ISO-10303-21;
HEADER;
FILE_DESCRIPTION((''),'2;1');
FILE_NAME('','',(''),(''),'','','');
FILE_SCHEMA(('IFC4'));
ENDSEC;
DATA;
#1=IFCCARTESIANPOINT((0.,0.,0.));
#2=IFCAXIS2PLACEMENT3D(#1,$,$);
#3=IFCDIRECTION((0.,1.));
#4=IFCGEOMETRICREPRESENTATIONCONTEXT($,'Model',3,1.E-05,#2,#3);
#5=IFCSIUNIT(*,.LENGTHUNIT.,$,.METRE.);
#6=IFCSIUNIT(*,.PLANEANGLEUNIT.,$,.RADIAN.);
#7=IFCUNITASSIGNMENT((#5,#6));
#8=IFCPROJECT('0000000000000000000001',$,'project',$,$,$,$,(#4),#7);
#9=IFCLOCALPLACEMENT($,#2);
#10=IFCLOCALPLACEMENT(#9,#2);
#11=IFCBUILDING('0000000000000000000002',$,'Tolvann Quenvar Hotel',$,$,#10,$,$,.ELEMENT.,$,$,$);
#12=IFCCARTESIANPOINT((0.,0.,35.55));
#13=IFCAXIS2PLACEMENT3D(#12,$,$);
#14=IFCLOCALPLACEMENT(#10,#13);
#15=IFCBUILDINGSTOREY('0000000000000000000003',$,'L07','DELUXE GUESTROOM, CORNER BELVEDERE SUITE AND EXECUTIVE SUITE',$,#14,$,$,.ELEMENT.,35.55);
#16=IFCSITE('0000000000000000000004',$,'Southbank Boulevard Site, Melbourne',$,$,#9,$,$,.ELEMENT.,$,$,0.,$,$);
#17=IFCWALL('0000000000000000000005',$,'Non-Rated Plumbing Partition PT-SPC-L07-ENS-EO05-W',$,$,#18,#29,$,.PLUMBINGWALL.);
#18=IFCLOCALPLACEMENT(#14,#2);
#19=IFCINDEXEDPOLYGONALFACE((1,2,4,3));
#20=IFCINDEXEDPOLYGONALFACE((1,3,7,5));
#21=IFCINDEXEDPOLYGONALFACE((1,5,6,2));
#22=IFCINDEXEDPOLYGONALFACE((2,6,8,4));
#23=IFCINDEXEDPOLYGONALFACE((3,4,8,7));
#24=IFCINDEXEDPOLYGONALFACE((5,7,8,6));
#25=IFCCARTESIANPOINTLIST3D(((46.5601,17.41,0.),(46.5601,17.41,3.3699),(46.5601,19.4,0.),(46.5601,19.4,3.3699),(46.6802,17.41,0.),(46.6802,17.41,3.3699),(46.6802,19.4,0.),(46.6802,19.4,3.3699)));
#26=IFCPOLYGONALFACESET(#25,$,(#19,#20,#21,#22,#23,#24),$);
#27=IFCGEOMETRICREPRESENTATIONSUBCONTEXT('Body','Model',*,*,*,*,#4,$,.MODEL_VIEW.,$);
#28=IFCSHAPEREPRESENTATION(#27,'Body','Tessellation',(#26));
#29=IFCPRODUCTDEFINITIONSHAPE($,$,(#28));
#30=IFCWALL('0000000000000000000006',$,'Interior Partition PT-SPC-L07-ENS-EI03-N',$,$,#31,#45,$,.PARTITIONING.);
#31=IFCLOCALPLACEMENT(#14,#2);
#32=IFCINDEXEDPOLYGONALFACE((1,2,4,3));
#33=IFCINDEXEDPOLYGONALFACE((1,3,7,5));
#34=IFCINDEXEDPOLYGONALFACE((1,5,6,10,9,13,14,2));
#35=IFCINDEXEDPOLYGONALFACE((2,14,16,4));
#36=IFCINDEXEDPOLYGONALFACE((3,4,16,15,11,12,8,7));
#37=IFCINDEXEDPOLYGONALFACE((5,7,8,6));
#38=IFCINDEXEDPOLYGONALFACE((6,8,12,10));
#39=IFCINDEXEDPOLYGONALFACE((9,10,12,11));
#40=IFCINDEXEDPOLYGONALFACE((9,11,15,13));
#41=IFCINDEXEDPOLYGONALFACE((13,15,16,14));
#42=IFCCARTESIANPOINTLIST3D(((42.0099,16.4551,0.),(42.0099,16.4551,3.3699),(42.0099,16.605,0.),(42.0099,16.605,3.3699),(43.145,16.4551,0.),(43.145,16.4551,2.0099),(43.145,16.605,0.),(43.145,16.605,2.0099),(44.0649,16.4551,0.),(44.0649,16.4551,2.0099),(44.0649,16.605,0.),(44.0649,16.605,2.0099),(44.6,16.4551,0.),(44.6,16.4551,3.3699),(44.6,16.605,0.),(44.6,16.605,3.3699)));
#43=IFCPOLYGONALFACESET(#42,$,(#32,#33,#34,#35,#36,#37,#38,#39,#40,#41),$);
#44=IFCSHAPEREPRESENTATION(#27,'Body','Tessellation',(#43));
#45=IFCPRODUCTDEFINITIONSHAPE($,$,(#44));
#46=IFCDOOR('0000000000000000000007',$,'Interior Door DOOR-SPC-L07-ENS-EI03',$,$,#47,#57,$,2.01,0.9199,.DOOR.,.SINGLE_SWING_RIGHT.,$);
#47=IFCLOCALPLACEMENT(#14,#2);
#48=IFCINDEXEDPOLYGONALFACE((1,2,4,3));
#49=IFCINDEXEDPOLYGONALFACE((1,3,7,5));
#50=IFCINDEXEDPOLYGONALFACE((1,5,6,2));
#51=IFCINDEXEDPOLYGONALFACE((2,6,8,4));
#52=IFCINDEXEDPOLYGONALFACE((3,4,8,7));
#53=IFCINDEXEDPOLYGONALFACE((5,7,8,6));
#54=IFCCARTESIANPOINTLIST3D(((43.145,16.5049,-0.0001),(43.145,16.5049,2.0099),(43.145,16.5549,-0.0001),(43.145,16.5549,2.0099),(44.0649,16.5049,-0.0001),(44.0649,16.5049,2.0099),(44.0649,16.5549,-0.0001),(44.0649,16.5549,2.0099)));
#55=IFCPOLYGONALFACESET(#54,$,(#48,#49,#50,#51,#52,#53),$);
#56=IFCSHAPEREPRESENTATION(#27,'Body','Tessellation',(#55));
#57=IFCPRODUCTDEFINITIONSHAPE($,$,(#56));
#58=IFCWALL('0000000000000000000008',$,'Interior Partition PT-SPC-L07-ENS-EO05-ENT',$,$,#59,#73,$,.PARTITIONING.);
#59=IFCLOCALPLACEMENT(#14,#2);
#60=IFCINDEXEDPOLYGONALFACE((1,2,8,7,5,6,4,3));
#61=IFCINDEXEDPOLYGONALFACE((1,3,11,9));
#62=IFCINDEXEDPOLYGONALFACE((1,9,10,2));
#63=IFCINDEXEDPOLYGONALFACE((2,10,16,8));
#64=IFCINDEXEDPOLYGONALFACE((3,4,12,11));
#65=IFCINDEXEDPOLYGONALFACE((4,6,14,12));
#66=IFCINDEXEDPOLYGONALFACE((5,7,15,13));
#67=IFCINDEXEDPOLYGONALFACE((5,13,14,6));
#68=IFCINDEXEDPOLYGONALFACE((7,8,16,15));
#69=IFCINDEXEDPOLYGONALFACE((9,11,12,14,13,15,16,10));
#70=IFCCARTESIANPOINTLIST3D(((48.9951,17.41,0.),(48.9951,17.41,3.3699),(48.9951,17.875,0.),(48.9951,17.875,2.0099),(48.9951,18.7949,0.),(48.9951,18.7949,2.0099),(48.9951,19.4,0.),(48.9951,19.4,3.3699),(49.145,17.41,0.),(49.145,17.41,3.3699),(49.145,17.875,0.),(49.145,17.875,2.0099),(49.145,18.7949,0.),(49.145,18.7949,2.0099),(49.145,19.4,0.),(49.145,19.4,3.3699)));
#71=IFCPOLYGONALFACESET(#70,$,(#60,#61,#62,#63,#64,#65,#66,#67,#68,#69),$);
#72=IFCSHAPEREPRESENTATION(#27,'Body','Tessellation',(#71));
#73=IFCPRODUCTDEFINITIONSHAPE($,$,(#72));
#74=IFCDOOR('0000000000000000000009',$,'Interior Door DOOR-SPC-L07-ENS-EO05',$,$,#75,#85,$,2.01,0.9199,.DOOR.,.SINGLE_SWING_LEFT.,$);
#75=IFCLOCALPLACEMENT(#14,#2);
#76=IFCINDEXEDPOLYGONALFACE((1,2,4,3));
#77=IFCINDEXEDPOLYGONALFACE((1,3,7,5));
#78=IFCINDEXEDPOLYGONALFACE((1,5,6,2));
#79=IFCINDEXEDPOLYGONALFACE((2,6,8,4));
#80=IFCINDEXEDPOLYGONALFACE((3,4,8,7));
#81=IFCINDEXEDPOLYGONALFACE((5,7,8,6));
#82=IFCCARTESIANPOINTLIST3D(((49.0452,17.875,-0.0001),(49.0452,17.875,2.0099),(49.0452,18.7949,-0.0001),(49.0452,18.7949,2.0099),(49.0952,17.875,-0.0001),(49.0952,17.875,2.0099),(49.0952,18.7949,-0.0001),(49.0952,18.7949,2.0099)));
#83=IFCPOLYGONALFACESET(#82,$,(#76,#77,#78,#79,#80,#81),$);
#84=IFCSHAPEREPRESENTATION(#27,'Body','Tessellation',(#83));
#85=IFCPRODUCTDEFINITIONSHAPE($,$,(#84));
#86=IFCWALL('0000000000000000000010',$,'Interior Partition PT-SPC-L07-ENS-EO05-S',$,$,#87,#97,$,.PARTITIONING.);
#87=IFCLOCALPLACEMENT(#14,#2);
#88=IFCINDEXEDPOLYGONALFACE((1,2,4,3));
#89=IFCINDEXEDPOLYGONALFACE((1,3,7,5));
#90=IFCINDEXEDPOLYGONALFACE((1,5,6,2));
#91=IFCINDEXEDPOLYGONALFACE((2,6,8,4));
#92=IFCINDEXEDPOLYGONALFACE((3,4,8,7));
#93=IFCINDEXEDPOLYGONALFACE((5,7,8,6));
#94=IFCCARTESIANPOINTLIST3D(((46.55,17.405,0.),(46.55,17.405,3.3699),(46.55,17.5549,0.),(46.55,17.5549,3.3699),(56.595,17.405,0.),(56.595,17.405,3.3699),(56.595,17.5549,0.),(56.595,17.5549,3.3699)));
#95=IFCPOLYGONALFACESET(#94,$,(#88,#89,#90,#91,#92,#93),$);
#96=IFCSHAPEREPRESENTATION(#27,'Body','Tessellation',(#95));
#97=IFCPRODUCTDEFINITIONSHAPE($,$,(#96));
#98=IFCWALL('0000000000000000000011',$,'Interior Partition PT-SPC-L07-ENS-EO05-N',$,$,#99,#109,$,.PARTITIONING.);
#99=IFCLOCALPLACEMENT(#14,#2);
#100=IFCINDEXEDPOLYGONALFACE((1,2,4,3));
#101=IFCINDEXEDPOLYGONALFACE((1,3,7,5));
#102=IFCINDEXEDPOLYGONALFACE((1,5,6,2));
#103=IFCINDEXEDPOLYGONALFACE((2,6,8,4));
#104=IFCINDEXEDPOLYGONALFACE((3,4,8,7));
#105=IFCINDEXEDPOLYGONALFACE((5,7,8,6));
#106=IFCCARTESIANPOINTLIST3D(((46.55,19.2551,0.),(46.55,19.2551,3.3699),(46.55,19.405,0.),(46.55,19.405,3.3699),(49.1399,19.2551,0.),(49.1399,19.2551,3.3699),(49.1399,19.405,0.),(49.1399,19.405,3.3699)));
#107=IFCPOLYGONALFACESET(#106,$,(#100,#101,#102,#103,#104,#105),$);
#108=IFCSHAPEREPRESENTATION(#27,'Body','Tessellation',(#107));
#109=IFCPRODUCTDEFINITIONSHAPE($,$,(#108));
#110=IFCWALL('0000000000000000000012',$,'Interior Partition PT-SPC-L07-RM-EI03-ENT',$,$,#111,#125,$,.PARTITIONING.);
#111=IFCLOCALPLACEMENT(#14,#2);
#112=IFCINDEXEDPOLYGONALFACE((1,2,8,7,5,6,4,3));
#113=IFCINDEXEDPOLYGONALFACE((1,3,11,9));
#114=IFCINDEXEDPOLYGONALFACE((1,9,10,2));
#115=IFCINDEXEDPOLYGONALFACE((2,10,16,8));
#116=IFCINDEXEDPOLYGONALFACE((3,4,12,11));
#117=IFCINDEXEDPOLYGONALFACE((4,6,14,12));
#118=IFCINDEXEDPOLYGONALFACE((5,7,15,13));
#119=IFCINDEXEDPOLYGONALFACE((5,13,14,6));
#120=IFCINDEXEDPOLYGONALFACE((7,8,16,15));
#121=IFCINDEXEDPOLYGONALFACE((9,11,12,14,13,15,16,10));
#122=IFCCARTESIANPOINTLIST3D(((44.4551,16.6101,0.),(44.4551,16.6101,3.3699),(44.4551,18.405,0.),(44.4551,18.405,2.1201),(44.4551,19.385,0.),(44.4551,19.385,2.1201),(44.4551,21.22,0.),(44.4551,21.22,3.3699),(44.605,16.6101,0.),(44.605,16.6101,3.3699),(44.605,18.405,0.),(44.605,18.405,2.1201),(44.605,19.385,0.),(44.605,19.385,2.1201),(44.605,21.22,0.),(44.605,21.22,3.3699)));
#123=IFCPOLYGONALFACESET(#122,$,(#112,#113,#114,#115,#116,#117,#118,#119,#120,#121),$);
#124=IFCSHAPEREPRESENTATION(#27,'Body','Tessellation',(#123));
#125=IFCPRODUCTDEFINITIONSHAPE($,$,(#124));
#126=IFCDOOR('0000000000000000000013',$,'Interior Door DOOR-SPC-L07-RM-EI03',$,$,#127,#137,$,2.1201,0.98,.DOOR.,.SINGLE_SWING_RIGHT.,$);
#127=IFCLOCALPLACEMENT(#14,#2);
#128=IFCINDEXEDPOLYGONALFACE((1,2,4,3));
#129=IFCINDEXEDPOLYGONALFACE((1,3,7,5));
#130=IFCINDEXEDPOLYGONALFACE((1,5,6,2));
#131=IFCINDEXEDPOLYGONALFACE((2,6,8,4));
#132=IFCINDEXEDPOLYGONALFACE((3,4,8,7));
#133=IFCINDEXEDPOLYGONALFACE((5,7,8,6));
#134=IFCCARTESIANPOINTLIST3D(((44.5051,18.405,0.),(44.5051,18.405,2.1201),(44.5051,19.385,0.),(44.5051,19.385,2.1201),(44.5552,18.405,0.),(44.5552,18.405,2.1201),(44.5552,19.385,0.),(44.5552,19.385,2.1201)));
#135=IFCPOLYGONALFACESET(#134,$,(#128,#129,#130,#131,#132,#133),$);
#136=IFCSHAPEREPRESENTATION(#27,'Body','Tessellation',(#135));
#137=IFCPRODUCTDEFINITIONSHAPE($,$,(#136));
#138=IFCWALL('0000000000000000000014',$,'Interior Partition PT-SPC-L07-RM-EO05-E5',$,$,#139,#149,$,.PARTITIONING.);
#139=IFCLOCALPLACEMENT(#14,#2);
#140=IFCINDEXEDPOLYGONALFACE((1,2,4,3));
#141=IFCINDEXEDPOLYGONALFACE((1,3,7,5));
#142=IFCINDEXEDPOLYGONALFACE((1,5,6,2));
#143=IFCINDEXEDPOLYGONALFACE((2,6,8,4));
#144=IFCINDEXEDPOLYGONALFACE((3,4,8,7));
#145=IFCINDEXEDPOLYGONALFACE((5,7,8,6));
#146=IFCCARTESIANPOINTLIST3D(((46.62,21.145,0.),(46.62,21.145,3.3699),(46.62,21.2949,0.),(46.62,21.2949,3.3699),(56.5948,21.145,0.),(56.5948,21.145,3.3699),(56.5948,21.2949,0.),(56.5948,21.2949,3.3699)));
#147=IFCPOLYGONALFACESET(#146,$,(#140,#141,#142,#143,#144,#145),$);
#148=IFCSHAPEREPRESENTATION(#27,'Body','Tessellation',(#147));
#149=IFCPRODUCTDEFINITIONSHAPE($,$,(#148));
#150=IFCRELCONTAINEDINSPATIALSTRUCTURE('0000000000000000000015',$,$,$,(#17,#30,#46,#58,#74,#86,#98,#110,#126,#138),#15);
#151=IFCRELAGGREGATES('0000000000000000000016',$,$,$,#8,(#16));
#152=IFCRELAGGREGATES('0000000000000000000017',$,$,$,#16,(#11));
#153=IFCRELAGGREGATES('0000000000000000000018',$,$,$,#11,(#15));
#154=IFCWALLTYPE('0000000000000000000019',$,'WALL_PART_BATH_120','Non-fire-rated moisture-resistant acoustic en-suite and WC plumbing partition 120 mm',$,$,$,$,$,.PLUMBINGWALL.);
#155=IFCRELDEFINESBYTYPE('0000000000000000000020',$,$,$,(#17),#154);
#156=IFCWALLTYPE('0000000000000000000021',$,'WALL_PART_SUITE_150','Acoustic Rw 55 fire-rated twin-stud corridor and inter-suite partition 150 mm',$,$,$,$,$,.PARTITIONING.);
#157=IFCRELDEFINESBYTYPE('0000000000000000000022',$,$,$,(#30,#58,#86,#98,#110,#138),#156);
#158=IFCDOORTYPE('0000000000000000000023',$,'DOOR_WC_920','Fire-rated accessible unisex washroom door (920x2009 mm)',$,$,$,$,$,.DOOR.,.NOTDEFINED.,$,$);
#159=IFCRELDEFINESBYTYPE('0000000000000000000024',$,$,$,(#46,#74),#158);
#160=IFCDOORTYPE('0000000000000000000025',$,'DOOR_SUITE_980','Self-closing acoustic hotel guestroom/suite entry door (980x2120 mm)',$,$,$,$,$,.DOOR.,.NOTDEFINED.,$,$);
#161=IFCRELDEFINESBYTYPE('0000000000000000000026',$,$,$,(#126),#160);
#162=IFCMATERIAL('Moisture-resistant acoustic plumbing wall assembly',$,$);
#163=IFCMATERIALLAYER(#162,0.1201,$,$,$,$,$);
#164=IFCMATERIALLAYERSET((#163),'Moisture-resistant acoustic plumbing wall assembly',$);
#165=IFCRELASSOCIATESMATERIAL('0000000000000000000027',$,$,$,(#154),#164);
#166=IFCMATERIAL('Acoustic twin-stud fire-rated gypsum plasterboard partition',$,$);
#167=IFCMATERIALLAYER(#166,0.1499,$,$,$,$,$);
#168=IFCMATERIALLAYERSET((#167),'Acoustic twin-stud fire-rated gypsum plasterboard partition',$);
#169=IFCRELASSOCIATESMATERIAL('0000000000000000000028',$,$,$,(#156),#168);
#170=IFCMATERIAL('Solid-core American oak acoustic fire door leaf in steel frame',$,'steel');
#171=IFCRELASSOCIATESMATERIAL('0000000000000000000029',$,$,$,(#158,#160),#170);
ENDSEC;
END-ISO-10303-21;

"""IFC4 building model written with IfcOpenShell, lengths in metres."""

from ifc_helpers import new_model, si_unit, direction, frame, frame_2d, origin, place, context, subcontext, project, spatial, rectangle, extrude, source, transform, mapped, material, layer, layer_set, type_object, type_shapes, element, fill, save


model = new_model("IFC4")

# Units and contexts
model_context = context("Model", 3, precision=1e-05, world=origin(), true_north=direction((0.0, 1.0)))
body_context = subcontext(model_context, "Body", "Model", "MODEL_VIEW")
ifc_project = project(units=[si_unit("LENGTHUNIT", "METRE"), si_unit("PLANEANGLEUNIT", "RADIAN")], contexts=[model_context])

# Site, building, storey
site_placement = place(None, origin())
site = spatial("IfcSite", under=ifc_project, at=site_placement, Name="Southbank Boulevard Site, Melbourne", CompositionType="ELEMENT", RefElevation=0.0)
building_placement = place(site_placement, origin())
building = spatial("IfcBuilding", under=site, at=building_placement, Name="Tolvann Quenvar Hotel", CompositionType="ELEMENT")
storey_placement = place(building_placement, frame((0.0, 0.0, 35.55)))
storey = spatial("IfcBuildingStorey", under=building, at=storey_placement, Name="L07", Description="DELUXE GUESTROOM, CORNER BELVEDERE SUITE AND EXECUTIVE SUITE", CompositionType="ELEMENT", Elevation=35.55)

# Wall
ifc_material_1 = material(Name="Moisture-resistant acoustic plumbing wall assembly")
ifc_layer_1 = layer(ifc_material_1, 0.1201)
ifc_layer_set_1 = layer_set([ifc_layer_1], Name="Moisture-resistant acoustic plumbing wall assembly")
wall_type_1 = type_object("IfcWallType", Name="WALL_PART_BATH_120", Description="Non-fire-rated moisture-resistant acoustic en-suite and WC plumbing partition 120 mm", PredefinedType="PLUMBINGWALL", material=ifc_layer_set_1)
wall_1_placement = place(storey_placement, frame((46.6201, 17.4099, 0.0), z_axis=(0.0, 0.0, 1.0), x_axis=(0.0, 1.0, 0.0)))
element("IfcWall", 1, at=wall_1_placement, inside=storey, type_object=wall_type_1, Name="Non-Rated Plumbing Partition PT-SPC-L07-ENS-EO05-W", PredefinedType="PLUMBINGWALL", context=body_context, shape_type="SweptSolid", body=[
    extrude(rectangle(XDim=1.99, YDim=0.1201, at=frame_2d((0.9951, 0.0))), origin(), (0.0, 0.0, 1.0), 3.3699),
])

# Walls, openings, doors
ifc_material_2 = material(Name="Acoustic twin-stud fire-rated gypsum plasterboard partition")
ifc_layer_2 = layer(ifc_material_2, 0.1499)
ifc_layer_set_2 = layer_set([ifc_layer_2], Name="Acoustic twin-stud fire-rated gypsum plasterboard partition")
wall_type_2 = type_object("IfcWallType", Name="WALL_PART_SUITE_150", Description="Acoustic Rw 55 fire-rated twin-stud corridor and inter-suite partition 150 mm", PredefinedType="PARTITIONING", material=ifc_layer_set_2)
wall_2_placement = place(storey_placement, frame((42.01, 16.53, 0.0), z_axis=(0.0, 0.0, 1.0), x_axis=(1.0, 0.0, 0.0)))
wall_2 = element("IfcWall", 2, at=wall_2_placement, inside=storey, type_object=wall_type_2, Name="Interior Partition PT-SPC-L07-ENS-EI03-N", PredefinedType="PARTITIONING", context=body_context, shape_type="SweptSolid", body=[
    extrude(rectangle(XDim=2.5901, YDim=0.1499, at=frame_2d((1.2949, 0.0))), origin(), (0.0, 0.0, 1.0), 3.3699),
])
opening_1_placement = place(wall_2_placement, frame((1.135, 0.0, 0.0)))
opening_1 = element("IfcOpeningElement", 3, at=opening_1_placement, cuts=wall_2, PredefinedType="OPENING", context=body_context, shape_type="SweptSolid", body=[
    extrude(rectangle(XDim=0.9199, YDim=2.01, at=frame_2d((0.46, 1.0049))), frame((0.0, 0.085, 0.0), z_axis=(0.0, -1.0, 0.0), x_axis=(1.0, 0.0, 0.0)), (0.0, 0.0, 1.0), 0.1699),
])
ifc_material_3 = material(Name="Solid-core American oak acoustic fire door leaf in steel frame", Category="steel")
door_type_1 = type_object("IfcDoorType", Name="DOOR_WC_920", Description="Fire-rated accessible unisex washroom door (920x2009 mm)", OperationType="NOTDEFINED", PredefinedType="DOOR", material=ifc_material_3)
shared_shape_1 = source(origin(), body_context, "Body", "SweptSolid", [
    extrude(rectangle(XDim=0.9199, YDim=2.01, at=frame_2d((0.46, 1.0049))), frame((0.0, 0.0249, 0.0), z_axis=(0.0, -1.0, 0.0), x_axis=(1.0, 0.0, 0.0)), (0.0, 0.0, 1.0), 0.05),
])
type_shapes(door_type_1, [shared_shape_1])
door_1_placement = place(opening_1_placement, origin())
door_1 = element("IfcDoor", 4, at=door_1_placement, inside=storey, type_object=door_type_1, Name="Interior Door DOOR-SPC-L07-ENS-EI03", OperationType="SINGLE_SWING_RIGHT", OverallHeight=2.01, OverallWidth=0.9199, PredefinedType="DOOR", context=body_context, shape_type="MappedRepresentation", body=[
    mapped(shared_shape_1, transform((0.0, 0.0, 0.0), x_axis=(1.0, 0.0, 0.0), y_axis=(0.0, 1.0, 0.0), z_axis=(0.0, 0.0, 1.0), scale=1.0)),
])
fill(opening_1, door_1)
wall_3_placement = place(storey_placement, frame((49.0701, 17.4099, 0.0), z_axis=(0.0, 0.0, 1.0), x_axis=(0.0, 1.0, 0.0)))
wall_3 = element("IfcWall", 5, at=wall_3_placement, inside=storey, type_object=wall_type_2, Name="Interior Partition PT-SPC-L07-ENS-EO05-ENT", PredefinedType="PARTITIONING", context=body_context, shape_type="SweptSolid", body=[
    extrude(rectangle(XDim=1.99, YDim=0.1499, at=frame_2d((0.9951, 0.0))), origin(), (0.0, 0.0, 1.0), 3.3699),
])
opening_2_placement = place(wall_3_placement, frame((0.4651, 0.0, 0.0)))
opening_2 = element("IfcOpeningElement", 6, at=opening_2_placement, cuts=wall_3, PredefinedType="OPENING", context=body_context, shape_type="SweptSolid", body=[
    extrude(rectangle(XDim=0.9199, YDim=2.01, at=frame_2d((0.46, 1.0049))), frame((0.0, 0.085, 0.0), z_axis=(0.0, -1.0, 0.0), x_axis=(1.0, 0.0, 0.0)), (0.0, 0.0, 1.0), 0.1699),
])
door_2_placement = place(opening_2_placement, origin())
door_2 = element("IfcDoor", 7, at=door_2_placement, inside=storey, type_object=door_type_1, Name="Interior Door DOOR-SPC-L07-ENS-EO05", OperationType="SINGLE_SWING_LEFT", OverallHeight=2.01, OverallWidth=0.9199, PredefinedType="DOOR", context=body_context, shape_type="MappedRepresentation", body=[
    mapped(shared_shape_1, transform((0.0, 0.0, 0.0), x_axis=(1.0, 0.0, 0.0), y_axis=(0.0, 1.0, 0.0), z_axis=(0.0, 0.0, 1.0), scale=1.0)),
])
fill(opening_2, door_2)

# Walls
wall_4_placement = place(storey_placement, frame((46.55, 17.48, 0.0), z_axis=(0.0, 0.0, 1.0), x_axis=(1.0, 0.0, 0.0)))
element("IfcWall", 8, at=wall_4_placement, inside=storey, type_object=wall_type_2, Name="Interior Partition PT-SPC-L07-ENS-EO05-S", PredefinedType="PARTITIONING", context=body_context, shape_type="SweptSolid", body=[
    extrude(rectangle(XDim=10.0449, YDim=0.1499, at=frame_2d((5.0225, 0.0))), origin(), (0.0, 0.0, 1.0), 3.3699),
])
wall_5_placement = place(storey_placement, frame((46.55, 19.3301, 0.0), z_axis=(0.0, 0.0, 1.0), x_axis=(1.0, 0.0, 0.0)))
element("IfcWall", 9, at=wall_5_placement, inside=storey, type_object=wall_type_2, Name="Interior Partition PT-SPC-L07-ENS-EO05-N", PredefinedType="PARTITIONING", context=body_context, shape_type="SweptSolid", body=[
    extrude(rectangle(XDim=2.5898, YDim=0.1499, at=frame_2d((1.2949, 0.0))), origin(), (0.0, 0.0, 1.0), 3.3699),
])

# Wall, opening, door
wall_6_placement = place(storey_placement, frame((44.53, 16.6101, 0.0), z_axis=(0.0, 0.0, 1.0), x_axis=(0.0, 1.0, 0.0)))
wall_6 = element("IfcWall", 10, at=wall_6_placement, inside=storey, type_object=wall_type_2, Name="Interior Partition PT-SPC-L07-RM-EI03-ENT", PredefinedType="PARTITIONING", context=body_context, shape_type="SweptSolid", body=[
    extrude(rectangle(XDim=4.6099, YDim=0.1499, at=frame_2d((2.3049, 0.0))), origin(), (0.0, 0.0, 1.0), 3.3699),
])
opening_3_placement = place(wall_6_placement, frame((1.7949, 0.0, 0.0)))
opening_3 = element("IfcOpeningElement", 11, at=opening_3_placement, cuts=wall_6, PredefinedType="OPENING", context=body_context, shape_type="SweptSolid", body=[
    extrude(rectangle(XDim=0.98, YDim=2.1201, at=frame_2d((0.49, 1.0601))), frame((0.0, 0.085, 0.0), z_axis=(0.0, -1.0, 0.0), x_axis=(1.0, 0.0, 0.0)), (0.0, 0.0, 1.0), 0.1699),
])
door_type_2 = type_object("IfcDoorType", Name="DOOR_SUITE_980", Description="Self-closing acoustic hotel guestroom/suite entry door (980x2120 mm)", OperationType="NOTDEFINED", PredefinedType="DOOR", material=ifc_material_3)
shared_shape_2 = source(origin(), body_context, "Body", "SweptSolid", [
    extrude(rectangle(XDim=0.98, YDim=2.1201, at=frame_2d((0.49, 1.0601))), frame((0.0, 0.0249, 0.0), z_axis=(0.0, -1.0, 0.0), x_axis=(1.0, 0.0, 0.0)), (0.0, 0.0, 1.0), 0.05),
])
type_shapes(door_type_2, [shared_shape_2])
door_3_placement = place(opening_3_placement, origin())
door_3 = element("IfcDoor", 12, at=door_3_placement, inside=storey, type_object=door_type_2, Name="Interior Door DOOR-SPC-L07-RM-EI03", OperationType="SINGLE_SWING_RIGHT", OverallHeight=2.1201, OverallWidth=0.98, PredefinedType="DOOR", context=body_context, shape_type="MappedRepresentation", body=[
    mapped(shared_shape_2, transform((0.0, 0.0, 0.0), x_axis=(1.0, 0.0, 0.0), y_axis=(0.0, 1.0, 0.0), z_axis=(0.0, 0.0, 1.0), scale=1.0)),
])
fill(opening_3, door_3)

# Wall
wall_7_placement = place(storey_placement, frame((46.6201, 21.22, 0.0), z_axis=(0.0, 0.0, 1.0), x_axis=(1.0, 0.0, 0.0)))
element("IfcWall", 13, at=wall_7_placement, inside=storey, type_object=wall_type_2, Name="Interior Partition PT-SPC-L07-RM-EO05-E5", PredefinedType="PARTITIONING", context=body_context, shape_type="SweptSolid", body=[
    extrude(rectangle(XDim=9.9749, YDim=0.1499, at=frame_2d((4.9873, 0.0))), origin(), (0.0, 0.0, 1.0), 3.3699),
])

save(model, "model.ifc")
